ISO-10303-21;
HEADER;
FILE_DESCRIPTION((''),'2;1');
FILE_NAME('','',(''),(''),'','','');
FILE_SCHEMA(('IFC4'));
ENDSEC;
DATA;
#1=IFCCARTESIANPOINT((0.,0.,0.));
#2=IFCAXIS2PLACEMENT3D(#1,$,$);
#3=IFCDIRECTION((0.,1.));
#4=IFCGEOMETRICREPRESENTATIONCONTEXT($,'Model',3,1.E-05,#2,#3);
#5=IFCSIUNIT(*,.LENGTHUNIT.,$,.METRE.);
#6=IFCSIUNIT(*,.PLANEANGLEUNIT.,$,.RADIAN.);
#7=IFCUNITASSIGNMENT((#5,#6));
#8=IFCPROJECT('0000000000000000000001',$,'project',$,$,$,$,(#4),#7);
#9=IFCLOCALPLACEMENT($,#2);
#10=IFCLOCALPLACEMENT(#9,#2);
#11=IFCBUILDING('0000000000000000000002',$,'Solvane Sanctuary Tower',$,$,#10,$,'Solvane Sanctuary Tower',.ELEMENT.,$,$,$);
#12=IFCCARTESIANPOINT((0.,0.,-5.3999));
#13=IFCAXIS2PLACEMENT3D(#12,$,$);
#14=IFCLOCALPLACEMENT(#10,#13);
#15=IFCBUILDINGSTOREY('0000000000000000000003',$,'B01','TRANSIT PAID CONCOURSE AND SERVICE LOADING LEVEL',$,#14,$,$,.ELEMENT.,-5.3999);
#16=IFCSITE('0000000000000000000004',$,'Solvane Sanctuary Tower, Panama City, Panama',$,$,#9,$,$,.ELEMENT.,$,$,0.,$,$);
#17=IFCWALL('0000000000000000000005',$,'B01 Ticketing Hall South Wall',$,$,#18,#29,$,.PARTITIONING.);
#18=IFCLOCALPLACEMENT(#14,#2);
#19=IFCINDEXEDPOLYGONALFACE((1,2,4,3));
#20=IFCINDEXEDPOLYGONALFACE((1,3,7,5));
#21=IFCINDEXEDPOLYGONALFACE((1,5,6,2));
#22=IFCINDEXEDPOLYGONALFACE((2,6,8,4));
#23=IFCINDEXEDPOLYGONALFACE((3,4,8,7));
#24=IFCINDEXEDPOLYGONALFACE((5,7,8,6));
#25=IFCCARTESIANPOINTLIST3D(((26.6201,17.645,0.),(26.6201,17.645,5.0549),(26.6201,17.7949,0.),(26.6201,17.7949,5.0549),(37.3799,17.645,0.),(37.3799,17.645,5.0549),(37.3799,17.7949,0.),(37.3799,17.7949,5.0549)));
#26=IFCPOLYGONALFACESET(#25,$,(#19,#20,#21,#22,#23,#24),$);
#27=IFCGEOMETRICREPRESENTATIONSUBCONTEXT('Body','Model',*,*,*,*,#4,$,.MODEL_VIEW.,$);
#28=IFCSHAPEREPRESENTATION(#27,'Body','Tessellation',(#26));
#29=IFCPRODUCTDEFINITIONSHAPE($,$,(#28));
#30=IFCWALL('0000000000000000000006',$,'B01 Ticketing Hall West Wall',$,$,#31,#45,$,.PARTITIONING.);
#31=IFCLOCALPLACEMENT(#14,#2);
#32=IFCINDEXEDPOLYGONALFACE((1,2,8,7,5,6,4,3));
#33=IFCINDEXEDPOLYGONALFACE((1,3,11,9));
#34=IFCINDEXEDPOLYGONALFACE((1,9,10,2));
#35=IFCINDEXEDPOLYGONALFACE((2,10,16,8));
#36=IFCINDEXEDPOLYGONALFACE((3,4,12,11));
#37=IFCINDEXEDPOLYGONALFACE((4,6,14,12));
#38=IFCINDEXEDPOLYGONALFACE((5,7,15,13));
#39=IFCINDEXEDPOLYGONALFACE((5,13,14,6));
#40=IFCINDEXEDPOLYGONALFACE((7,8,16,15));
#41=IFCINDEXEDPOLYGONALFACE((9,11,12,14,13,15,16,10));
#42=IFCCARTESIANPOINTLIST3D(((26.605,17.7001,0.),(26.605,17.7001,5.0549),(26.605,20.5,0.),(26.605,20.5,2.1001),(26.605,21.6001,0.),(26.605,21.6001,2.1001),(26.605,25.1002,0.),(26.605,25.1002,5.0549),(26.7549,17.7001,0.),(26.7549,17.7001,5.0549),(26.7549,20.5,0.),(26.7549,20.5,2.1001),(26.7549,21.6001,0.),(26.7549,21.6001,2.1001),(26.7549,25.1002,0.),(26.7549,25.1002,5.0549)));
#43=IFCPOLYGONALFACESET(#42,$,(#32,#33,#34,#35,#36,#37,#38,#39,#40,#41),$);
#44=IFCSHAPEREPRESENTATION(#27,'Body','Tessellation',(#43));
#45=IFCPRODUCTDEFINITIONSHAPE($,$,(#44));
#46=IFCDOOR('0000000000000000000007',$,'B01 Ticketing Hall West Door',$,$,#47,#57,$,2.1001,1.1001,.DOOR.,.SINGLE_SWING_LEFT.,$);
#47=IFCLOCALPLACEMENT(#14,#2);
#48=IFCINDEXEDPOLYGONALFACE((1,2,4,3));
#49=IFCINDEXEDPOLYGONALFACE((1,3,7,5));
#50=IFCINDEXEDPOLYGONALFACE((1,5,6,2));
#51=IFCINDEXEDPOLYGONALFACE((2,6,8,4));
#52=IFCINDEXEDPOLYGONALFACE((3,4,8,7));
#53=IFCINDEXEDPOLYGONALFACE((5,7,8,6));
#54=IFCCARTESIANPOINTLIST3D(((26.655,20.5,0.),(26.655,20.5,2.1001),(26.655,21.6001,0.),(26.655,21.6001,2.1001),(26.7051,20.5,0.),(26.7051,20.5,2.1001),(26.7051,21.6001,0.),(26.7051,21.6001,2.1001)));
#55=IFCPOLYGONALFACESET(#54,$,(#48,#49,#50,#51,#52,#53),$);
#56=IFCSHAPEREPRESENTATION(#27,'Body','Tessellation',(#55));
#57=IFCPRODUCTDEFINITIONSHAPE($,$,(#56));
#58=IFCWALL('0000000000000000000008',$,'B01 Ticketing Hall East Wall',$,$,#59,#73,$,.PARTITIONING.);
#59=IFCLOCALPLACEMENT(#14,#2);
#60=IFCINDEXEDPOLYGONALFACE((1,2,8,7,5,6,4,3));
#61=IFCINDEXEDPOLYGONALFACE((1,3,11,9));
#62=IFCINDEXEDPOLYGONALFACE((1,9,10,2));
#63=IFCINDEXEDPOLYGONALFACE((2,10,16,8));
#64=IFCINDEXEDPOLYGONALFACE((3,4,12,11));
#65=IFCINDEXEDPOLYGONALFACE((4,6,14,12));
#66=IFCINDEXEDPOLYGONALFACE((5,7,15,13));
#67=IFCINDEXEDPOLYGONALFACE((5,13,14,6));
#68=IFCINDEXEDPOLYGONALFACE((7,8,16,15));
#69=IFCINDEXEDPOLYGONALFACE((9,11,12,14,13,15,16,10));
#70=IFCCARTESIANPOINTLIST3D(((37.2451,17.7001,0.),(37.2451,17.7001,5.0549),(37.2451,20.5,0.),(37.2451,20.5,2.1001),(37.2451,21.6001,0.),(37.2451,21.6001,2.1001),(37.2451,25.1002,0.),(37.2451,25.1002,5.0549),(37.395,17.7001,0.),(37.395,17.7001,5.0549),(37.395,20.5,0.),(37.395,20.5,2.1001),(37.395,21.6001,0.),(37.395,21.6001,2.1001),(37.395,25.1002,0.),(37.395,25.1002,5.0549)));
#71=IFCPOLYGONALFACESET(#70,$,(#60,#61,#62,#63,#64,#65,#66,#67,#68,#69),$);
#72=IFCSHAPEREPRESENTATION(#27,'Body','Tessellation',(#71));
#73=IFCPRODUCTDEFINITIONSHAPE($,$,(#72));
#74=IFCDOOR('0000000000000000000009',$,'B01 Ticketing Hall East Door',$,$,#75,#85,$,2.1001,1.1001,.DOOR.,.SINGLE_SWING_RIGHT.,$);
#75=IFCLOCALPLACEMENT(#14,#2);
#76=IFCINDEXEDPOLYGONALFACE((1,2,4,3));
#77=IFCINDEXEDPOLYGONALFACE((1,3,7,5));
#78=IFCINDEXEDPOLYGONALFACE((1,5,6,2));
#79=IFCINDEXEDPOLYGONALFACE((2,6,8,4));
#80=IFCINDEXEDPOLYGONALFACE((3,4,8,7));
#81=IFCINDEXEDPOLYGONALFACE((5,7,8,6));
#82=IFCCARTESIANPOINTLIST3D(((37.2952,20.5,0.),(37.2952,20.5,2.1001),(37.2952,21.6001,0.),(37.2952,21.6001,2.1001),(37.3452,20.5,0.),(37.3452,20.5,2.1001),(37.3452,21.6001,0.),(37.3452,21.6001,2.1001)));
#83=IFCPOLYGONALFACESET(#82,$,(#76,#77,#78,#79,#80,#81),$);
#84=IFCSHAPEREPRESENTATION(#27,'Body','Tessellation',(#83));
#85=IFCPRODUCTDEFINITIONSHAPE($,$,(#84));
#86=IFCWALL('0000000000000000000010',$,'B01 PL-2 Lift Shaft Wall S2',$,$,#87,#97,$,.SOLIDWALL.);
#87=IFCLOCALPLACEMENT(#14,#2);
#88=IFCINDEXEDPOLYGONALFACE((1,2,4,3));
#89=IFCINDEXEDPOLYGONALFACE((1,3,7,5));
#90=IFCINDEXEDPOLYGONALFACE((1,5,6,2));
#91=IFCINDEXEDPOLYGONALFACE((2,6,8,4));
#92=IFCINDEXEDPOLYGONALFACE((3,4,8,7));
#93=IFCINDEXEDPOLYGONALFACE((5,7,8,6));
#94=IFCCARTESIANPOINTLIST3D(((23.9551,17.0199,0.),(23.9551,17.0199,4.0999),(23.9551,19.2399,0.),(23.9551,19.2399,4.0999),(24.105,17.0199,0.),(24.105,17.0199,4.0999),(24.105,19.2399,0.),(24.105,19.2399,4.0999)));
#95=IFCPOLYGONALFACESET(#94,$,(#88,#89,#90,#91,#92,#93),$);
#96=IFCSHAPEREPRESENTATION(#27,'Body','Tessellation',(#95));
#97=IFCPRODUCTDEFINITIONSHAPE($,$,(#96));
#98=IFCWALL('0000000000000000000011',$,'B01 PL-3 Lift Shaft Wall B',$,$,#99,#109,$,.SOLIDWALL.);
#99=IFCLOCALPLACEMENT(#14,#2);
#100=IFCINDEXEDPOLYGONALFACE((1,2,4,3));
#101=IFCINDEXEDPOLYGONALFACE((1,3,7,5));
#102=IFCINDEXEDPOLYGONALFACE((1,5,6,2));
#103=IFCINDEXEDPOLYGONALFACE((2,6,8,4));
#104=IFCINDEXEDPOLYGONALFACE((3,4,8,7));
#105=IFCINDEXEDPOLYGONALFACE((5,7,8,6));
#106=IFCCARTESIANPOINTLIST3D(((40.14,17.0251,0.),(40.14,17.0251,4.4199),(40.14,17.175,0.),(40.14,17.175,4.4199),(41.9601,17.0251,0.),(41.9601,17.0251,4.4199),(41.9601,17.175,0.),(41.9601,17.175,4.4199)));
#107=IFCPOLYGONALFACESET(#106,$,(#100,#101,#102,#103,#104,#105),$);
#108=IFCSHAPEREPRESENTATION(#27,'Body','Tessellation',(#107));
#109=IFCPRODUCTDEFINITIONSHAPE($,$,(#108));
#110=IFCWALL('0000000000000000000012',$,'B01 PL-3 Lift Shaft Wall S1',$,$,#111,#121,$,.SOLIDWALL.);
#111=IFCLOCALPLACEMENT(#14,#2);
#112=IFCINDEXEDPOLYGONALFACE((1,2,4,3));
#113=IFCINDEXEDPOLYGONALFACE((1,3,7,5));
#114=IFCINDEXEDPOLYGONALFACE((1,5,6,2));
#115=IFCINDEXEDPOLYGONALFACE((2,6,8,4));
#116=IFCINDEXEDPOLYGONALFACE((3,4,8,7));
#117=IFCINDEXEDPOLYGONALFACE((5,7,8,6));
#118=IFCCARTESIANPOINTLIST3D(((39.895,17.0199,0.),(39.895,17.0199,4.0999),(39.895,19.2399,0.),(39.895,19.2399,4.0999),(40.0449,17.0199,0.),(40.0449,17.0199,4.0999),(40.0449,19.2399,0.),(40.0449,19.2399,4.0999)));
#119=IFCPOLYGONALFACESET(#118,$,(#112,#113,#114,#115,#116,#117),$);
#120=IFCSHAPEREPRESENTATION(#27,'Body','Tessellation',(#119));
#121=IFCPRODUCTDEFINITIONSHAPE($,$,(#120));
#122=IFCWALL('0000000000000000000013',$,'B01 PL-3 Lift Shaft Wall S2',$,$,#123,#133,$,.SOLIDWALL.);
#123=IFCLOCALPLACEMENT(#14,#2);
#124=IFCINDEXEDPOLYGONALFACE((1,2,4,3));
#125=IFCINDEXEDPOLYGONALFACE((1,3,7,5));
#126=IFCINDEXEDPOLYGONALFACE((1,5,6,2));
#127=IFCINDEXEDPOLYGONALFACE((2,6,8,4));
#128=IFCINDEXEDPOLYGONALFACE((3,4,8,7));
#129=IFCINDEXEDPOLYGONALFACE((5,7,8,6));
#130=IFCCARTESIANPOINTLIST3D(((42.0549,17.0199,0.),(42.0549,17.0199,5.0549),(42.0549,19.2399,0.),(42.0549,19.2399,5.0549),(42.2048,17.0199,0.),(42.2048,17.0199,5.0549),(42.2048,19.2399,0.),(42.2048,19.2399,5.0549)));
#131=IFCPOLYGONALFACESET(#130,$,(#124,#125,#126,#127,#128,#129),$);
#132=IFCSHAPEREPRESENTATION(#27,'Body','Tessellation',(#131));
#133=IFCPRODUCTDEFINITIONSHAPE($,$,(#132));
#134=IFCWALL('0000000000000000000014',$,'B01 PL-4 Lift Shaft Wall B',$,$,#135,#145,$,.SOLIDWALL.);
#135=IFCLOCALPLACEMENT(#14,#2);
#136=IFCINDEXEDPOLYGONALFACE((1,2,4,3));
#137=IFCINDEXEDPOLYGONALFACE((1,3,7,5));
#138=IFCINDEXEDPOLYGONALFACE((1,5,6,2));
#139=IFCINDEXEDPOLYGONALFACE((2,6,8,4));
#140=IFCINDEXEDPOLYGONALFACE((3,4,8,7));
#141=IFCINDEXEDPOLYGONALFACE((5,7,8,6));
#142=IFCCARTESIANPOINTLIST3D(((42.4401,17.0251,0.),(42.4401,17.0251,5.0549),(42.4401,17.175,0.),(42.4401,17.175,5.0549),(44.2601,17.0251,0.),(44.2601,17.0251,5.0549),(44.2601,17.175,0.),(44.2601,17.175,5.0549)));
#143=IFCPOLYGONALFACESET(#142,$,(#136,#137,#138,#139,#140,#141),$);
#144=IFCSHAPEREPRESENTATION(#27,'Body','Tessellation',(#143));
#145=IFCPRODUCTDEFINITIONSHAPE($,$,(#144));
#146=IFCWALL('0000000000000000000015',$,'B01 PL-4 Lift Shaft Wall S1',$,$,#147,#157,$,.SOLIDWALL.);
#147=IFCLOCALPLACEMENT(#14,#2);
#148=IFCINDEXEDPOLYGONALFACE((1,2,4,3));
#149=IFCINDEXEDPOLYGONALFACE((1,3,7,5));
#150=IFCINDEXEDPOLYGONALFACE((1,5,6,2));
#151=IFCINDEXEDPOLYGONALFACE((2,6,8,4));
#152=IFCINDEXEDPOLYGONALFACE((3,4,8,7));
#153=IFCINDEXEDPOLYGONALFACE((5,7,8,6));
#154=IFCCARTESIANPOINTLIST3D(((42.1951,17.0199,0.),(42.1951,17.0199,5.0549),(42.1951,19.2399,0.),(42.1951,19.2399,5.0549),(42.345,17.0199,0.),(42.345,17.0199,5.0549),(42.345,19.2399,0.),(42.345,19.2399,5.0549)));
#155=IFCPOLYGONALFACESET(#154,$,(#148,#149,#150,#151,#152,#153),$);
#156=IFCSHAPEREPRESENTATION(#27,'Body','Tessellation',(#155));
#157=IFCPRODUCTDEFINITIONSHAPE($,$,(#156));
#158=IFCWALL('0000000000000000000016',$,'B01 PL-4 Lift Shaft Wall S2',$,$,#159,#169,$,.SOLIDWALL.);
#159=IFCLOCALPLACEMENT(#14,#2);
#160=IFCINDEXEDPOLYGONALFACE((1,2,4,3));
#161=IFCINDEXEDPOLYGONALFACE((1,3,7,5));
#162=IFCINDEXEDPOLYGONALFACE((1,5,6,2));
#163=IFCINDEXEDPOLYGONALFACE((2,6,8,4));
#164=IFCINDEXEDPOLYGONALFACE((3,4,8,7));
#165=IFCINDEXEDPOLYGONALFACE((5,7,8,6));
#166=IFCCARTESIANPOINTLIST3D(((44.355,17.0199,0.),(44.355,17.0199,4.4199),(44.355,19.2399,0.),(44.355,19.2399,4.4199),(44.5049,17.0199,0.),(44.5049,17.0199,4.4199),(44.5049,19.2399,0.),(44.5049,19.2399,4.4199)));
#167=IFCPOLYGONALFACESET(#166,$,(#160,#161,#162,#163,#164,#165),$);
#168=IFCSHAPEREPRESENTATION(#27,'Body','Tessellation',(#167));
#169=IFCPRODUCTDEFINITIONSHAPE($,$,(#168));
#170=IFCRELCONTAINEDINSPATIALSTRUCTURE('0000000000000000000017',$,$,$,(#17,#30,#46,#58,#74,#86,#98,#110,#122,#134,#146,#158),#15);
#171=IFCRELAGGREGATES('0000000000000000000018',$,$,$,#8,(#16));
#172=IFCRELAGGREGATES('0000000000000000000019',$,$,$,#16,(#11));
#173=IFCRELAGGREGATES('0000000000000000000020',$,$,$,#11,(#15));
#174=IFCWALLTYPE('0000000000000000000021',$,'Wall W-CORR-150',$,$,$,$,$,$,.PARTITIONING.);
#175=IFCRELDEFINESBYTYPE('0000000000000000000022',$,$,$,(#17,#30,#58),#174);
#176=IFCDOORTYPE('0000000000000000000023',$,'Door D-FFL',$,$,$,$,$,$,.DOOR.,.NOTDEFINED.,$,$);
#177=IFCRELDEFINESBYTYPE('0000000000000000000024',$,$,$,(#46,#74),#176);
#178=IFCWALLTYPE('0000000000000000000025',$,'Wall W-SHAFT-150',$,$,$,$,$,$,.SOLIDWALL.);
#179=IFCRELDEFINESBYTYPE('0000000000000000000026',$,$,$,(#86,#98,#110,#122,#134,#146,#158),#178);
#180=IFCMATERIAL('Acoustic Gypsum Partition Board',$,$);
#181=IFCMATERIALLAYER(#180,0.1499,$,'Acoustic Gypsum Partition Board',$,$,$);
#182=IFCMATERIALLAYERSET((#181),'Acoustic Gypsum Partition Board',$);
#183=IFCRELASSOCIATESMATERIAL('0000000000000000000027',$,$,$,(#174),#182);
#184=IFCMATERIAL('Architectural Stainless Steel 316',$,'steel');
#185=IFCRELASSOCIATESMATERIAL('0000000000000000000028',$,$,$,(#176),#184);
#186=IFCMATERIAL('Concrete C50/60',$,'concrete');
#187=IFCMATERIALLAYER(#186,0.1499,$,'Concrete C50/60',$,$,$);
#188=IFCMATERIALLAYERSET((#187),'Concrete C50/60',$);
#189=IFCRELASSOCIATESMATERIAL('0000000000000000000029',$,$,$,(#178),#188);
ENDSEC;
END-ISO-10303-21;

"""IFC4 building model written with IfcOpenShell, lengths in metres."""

from ifc_helpers import new_model, si_unit, direction, frame, frame_2d, origin, place, context, subcontext, project, spatial, rectangle, extrude, material, layer, layer_set, type_object, element, fill, save


model = new_model("IFC4")

# Units and contexts
model_context = context("Model", 3, precision=1e-05, world=origin(), true_north=direction((0.0, 1.0)))
body_context = subcontext(model_context, "Body", "Model", "MODEL_VIEW")
ifc_project = project(units=[si_unit("LENGTHUNIT", "METRE"), si_unit("PLANEANGLEUNIT", "RADIAN")], contexts=[model_context])

# Site, building, storey
site_placement = place(None, origin())
site = spatial("IfcSite", under=ifc_project, at=site_placement, Name="Solvane Sanctuary Tower, Panama City, Panama", CompositionType="ELEMENT", RefElevation=0.0)
building_placement = place(site_placement, origin())
building = spatial("IfcBuilding", under=site, at=building_placement, Name="Solvane Sanctuary Tower", LongName="Solvane Sanctuary Tower", CompositionType="ELEMENT")
storey_placement = place(building_placement, frame((0.0, 0.0, -5.3999)))
storey = spatial("IfcBuildingStorey", under=building, at=storey_placement, Name="B01", Description="TRANSIT PAID CONCOURSE AND SERVICE LOADING LEVEL", CompositionType="ELEMENT", Elevation=-5.3999)

# Wall
ifc_material_1 = material(Name="Acoustic Gypsum Partition Board")
ifc_layer_1 = layer(ifc_material_1, 0.1499, Name="Acoustic Gypsum Partition Board")
ifc_layer_set_1 = layer_set([ifc_layer_1], Name="Acoustic Gypsum Partition Board")
wall_type_1 = type_object("IfcWallType", Name="Wall W-CORR-150", PredefinedType="PARTITIONING", material=ifc_layer_set_1)
wall_1_placement = place(storey_placement, frame((26.6201, 17.72, 0.0), z_axis=(0.0, 0.0, 1.0), x_axis=(1.0, 0.0, 0.0)))
element("IfcWall", 1, at=wall_1_placement, inside=storey, type_object=wall_type_1, Name="B01 Ticketing Hall South Wall", PredefinedType="PARTITIONING", context=body_context, shape_type="SweptSolid", body=[
    extrude(rectangle(XDim=10.7598, YDim=0.1499, at=frame_2d((5.3799, 0.0))), origin(), (0.0, 0.0, 1.0), 5.0549),
])

# Walls, openings, doors
wall_2_placement = place(storey_placement, frame((26.6799, 17.7, 0.0), z_axis=(0.0, 0.0, 1.0), x_axis=(0.0, 1.0, 0.0)))
wall_2 = element("IfcWall", 2, at=wall_2_placement, inside=storey, type_object=wall_type_1, Name="B01 Ticketing Hall West Wall", PredefinedType="PARTITIONING", context=body_context, shape_type="SweptSolid", body=[
    extrude(rectangle(XDim=7.4001, YDim=0.1499, at=frame_2d((3.7002, 0.0))), origin(), (0.0, 0.0, 1.0), 5.0549),
])
opening_1_placement = place(wall_2_placement, frame((2.8, 0.0, 0.0)))
opening_1 = element("IfcOpeningElement", 3, at=opening_1_placement, cuts=wall_2, PredefinedType="OPENING", context=body_context, shape_type="SweptSolid", body=[
    extrude(rectangle(XDim=1.1001, YDim=2.1001, at=frame_2d((0.55, 1.05))), frame((0.0, 0.085, 0.0), z_axis=(0.0, -1.0, 0.0), x_axis=(1.0, 0.0, 0.0)), (0.0, 0.0, 1.0), 0.1699),
])
ifc_material_2 = material(Name="Architectural Stainless Steel 316", Category="steel")
door_type_1 = type_object("IfcDoorType", Name="Door D-FFL", OperationType="NOTDEFINED", PredefinedType="DOOR", material=ifc_material_2)
door_1_placement = place(opening_1_placement, origin())
door_1 = element("IfcDoor", 4, at=door_1_placement, inside=storey, type_object=door_type_1, Name="B01 Ticketing Hall West Door", OperationType="SINGLE_SWING_LEFT", OverallHeight=2.1001, OverallWidth=1.1001, PredefinedType="DOOR", context=body_context, shape_type="SweptSolid", body=[
    extrude(rectangle(XDim=1.1001, YDim=2.1001, at=frame_2d((0.55, 1.05))), frame((0.0, 0.0249, 0.0), z_axis=(0.0, -1.0, 0.0), x_axis=(1.0, 0.0, 0.0)), (0.0, 0.0, 1.0), 0.05),
])
fill(opening_1, door_1)
wall_3_placement = place(storey_placement, frame((37.3201, 17.7, 0.0), z_axis=(0.0, 0.0, 1.0), x_axis=(0.0, 1.0, 0.0)))
wall_3 = element("IfcWall", 5, at=wall_3_placement, inside=storey, type_object=wall_type_1, Name="B01 Ticketing Hall East Wall", PredefinedType="PARTITIONING", context=body_context, shape_type="SweptSolid", body=[
    extrude(rectangle(XDim=7.4001, YDim=0.1499, at=frame_2d((3.7002, 0.0))), origin(), (0.0, 0.0, 1.0), 5.0549),
])
opening_2_placement = place(wall_3_placement, frame((2.8, 0.0, 0.0)))
opening_2 = element("IfcOpeningElement", 6, at=opening_2_placement, cuts=wall_3, PredefinedType="OPENING", context=body_context, shape_type="SweptSolid", body=[
    extrude(rectangle(XDim=1.1001, YDim=2.1001, at=frame_2d((0.55, 1.05))), frame((0.0, 0.085, 0.0), z_axis=(0.0, -1.0, 0.0), x_axis=(1.0, 0.0, 0.0)), (0.0, 0.0, 1.0), 0.1699),
])
door_2_placement = place(opening_2_placement, origin())
door_2 = element("IfcDoor", 7, at=door_2_placement, inside=storey, type_object=door_type_1, Name="B01 Ticketing Hall East Door", OperationType="SINGLE_SWING_RIGHT", OverallHeight=2.1001, OverallWidth=1.1001, PredefinedType="DOOR", context=body_context, shape_type="SweptSolid", body=[
    extrude(rectangle(XDim=1.1001, YDim=2.1001, at=frame_2d((0.55, 1.05))), frame((0.0, 0.0249, 0.0), z_axis=(0.0, -1.0, 0.0), x_axis=(1.0, 0.0, 0.0)), (0.0, 0.0, 1.0), 0.05),
])
fill(opening_2, door_2)

# Walls
ifc_material_3 = material(Name="Concrete C50/60", Category="concrete")
ifc_layer_2 = layer(ifc_material_3, 0.1499, Name="Concrete C50/60")
ifc_layer_set_2 = layer_set([ifc_layer_2], Name="Concrete C50/60")
wall_type_2 = type_object("IfcWallType", Name="Wall W-SHAFT-150", PredefinedType="SOLIDWALL", material=ifc_layer_set_2)
wall_4_placement = place(storey_placement, frame((24.03, 17.02, 0.0), z_axis=(0.0, 0.0, 1.0), x_axis=(0.0, 1.0, 0.0)))
element("IfcWall", 8, at=wall_4_placement, inside=storey, type_object=wall_type_2, Name="B01 PL-2 Lift Shaft Wall S2", PredefinedType="SOLIDWALL", context=body_context, shape_type="SweptSolid", body=[
    extrude(rectangle(XDim=2.22, YDim=0.1499, at=frame_2d((1.1099, 0.0))), origin(), (0.0, 0.0, 1.0), 4.0999),
])
wall_5_placement = place(storey_placement, frame((40.1399, 17.1001, 0.0), z_axis=(0.0, 0.0, 1.0), x_axis=(1.0, 0.0, 0.0)))
element("IfcWall", 9, at=wall_5_placement, inside=storey, type_object=wall_type_2, Name="B01 PL-3 Lift Shaft Wall B", PredefinedType="SOLIDWALL", context=body_context, shape_type="SweptSolid", body=[
    extrude(rectangle(XDim=1.8201, YDim=0.1499, at=frame_2d((0.9102, 0.0))), origin(), (0.0, 0.0, 1.0), 4.4199),
])
wall_6_placement = place(storey_placement, frame((39.97, 17.02, 0.0), z_axis=(0.0, 0.0, 1.0), x_axis=(0.0, 1.0, 0.0)))
element("IfcWall", 10, at=wall_6_placement, inside=storey, type_object=wall_type_2, Name="B01 PL-3 Lift Shaft Wall S1", PredefinedType="SOLIDWALL", context=body_context, shape_type="SweptSolid", body=[
    extrude(rectangle(XDim=2.22, YDim=0.1499, at=frame_2d((1.1099, 0.0))), origin(), (0.0, 0.0, 1.0), 4.0999),
])
wall_7_placement = place(storey_placement, frame((42.1299, 17.02, 0.0), z_axis=(0.0, 0.0, 1.0), x_axis=(0.0, 1.0, 0.0)))
element("IfcWall", 11, at=wall_7_placement, inside=storey, type_object=wall_type_2, Name="B01 PL-3 Lift Shaft Wall S2", PredefinedType="SOLIDWALL", context=body_context, shape_type="SweptSolid", body=[
    extrude(rectangle(XDim=2.22, YDim=0.1499, at=frame_2d((1.1099, 0.0))), origin(), (0.0, 0.0, 1.0), 5.0549),
])
wall_8_placement = place(storey_placement, frame((42.4399, 17.1001, 0.0), z_axis=(0.0, 0.0, 1.0), x_axis=(1.0, 0.0, 0.0)))
element("IfcWall", 12, at=wall_8_placement, inside=storey, type_object=wall_type_2, Name="B01 PL-4 Lift Shaft Wall B", PredefinedType="SOLIDWALL", context=body_context, shape_type="SweptSolid", body=[
    extrude(rectangle(XDim=1.8201, YDim=0.1499, at=frame_2d((0.9102, 0.0))), origin(), (0.0, 0.0, 1.0), 5.0549),
])
wall_9_placement = place(storey_placement, frame((42.27, 17.02, 0.0), z_axis=(0.0, 0.0, 1.0), x_axis=(0.0, 1.0, 0.0)))
element("IfcWall", 13, at=wall_9_placement, inside=storey, type_object=wall_type_2, Name="B01 PL-4 Lift Shaft Wall S1", PredefinedType="SOLIDWALL", context=body_context, shape_type="SweptSolid", body=[
    extrude(rectangle(XDim=2.22, YDim=0.1499, at=frame_2d((1.1099, 0.0))), origin(), (0.0, 0.0, 1.0), 5.0549),
])
wall_10_placement = place(storey_placement, frame((44.4299, 17.02, 0.0), z_axis=(0.0, 0.0, 1.0), x_axis=(0.0, 1.0, 0.0)))
element("IfcWall", 14, at=wall_10_placement, inside=storey, type_object=wall_type_2, Name="B01 PL-4 Lift Shaft Wall S2", PredefinedType="SOLIDWALL", context=body_context, shape_type="SweptSolid", body=[
    extrude(rectangle(XDim=2.22, YDim=0.1499, at=frame_2d((1.1099, 0.0))), origin(), (0.0, 0.0, 1.0), 4.4199),
])

save(model, "model.ifc")
